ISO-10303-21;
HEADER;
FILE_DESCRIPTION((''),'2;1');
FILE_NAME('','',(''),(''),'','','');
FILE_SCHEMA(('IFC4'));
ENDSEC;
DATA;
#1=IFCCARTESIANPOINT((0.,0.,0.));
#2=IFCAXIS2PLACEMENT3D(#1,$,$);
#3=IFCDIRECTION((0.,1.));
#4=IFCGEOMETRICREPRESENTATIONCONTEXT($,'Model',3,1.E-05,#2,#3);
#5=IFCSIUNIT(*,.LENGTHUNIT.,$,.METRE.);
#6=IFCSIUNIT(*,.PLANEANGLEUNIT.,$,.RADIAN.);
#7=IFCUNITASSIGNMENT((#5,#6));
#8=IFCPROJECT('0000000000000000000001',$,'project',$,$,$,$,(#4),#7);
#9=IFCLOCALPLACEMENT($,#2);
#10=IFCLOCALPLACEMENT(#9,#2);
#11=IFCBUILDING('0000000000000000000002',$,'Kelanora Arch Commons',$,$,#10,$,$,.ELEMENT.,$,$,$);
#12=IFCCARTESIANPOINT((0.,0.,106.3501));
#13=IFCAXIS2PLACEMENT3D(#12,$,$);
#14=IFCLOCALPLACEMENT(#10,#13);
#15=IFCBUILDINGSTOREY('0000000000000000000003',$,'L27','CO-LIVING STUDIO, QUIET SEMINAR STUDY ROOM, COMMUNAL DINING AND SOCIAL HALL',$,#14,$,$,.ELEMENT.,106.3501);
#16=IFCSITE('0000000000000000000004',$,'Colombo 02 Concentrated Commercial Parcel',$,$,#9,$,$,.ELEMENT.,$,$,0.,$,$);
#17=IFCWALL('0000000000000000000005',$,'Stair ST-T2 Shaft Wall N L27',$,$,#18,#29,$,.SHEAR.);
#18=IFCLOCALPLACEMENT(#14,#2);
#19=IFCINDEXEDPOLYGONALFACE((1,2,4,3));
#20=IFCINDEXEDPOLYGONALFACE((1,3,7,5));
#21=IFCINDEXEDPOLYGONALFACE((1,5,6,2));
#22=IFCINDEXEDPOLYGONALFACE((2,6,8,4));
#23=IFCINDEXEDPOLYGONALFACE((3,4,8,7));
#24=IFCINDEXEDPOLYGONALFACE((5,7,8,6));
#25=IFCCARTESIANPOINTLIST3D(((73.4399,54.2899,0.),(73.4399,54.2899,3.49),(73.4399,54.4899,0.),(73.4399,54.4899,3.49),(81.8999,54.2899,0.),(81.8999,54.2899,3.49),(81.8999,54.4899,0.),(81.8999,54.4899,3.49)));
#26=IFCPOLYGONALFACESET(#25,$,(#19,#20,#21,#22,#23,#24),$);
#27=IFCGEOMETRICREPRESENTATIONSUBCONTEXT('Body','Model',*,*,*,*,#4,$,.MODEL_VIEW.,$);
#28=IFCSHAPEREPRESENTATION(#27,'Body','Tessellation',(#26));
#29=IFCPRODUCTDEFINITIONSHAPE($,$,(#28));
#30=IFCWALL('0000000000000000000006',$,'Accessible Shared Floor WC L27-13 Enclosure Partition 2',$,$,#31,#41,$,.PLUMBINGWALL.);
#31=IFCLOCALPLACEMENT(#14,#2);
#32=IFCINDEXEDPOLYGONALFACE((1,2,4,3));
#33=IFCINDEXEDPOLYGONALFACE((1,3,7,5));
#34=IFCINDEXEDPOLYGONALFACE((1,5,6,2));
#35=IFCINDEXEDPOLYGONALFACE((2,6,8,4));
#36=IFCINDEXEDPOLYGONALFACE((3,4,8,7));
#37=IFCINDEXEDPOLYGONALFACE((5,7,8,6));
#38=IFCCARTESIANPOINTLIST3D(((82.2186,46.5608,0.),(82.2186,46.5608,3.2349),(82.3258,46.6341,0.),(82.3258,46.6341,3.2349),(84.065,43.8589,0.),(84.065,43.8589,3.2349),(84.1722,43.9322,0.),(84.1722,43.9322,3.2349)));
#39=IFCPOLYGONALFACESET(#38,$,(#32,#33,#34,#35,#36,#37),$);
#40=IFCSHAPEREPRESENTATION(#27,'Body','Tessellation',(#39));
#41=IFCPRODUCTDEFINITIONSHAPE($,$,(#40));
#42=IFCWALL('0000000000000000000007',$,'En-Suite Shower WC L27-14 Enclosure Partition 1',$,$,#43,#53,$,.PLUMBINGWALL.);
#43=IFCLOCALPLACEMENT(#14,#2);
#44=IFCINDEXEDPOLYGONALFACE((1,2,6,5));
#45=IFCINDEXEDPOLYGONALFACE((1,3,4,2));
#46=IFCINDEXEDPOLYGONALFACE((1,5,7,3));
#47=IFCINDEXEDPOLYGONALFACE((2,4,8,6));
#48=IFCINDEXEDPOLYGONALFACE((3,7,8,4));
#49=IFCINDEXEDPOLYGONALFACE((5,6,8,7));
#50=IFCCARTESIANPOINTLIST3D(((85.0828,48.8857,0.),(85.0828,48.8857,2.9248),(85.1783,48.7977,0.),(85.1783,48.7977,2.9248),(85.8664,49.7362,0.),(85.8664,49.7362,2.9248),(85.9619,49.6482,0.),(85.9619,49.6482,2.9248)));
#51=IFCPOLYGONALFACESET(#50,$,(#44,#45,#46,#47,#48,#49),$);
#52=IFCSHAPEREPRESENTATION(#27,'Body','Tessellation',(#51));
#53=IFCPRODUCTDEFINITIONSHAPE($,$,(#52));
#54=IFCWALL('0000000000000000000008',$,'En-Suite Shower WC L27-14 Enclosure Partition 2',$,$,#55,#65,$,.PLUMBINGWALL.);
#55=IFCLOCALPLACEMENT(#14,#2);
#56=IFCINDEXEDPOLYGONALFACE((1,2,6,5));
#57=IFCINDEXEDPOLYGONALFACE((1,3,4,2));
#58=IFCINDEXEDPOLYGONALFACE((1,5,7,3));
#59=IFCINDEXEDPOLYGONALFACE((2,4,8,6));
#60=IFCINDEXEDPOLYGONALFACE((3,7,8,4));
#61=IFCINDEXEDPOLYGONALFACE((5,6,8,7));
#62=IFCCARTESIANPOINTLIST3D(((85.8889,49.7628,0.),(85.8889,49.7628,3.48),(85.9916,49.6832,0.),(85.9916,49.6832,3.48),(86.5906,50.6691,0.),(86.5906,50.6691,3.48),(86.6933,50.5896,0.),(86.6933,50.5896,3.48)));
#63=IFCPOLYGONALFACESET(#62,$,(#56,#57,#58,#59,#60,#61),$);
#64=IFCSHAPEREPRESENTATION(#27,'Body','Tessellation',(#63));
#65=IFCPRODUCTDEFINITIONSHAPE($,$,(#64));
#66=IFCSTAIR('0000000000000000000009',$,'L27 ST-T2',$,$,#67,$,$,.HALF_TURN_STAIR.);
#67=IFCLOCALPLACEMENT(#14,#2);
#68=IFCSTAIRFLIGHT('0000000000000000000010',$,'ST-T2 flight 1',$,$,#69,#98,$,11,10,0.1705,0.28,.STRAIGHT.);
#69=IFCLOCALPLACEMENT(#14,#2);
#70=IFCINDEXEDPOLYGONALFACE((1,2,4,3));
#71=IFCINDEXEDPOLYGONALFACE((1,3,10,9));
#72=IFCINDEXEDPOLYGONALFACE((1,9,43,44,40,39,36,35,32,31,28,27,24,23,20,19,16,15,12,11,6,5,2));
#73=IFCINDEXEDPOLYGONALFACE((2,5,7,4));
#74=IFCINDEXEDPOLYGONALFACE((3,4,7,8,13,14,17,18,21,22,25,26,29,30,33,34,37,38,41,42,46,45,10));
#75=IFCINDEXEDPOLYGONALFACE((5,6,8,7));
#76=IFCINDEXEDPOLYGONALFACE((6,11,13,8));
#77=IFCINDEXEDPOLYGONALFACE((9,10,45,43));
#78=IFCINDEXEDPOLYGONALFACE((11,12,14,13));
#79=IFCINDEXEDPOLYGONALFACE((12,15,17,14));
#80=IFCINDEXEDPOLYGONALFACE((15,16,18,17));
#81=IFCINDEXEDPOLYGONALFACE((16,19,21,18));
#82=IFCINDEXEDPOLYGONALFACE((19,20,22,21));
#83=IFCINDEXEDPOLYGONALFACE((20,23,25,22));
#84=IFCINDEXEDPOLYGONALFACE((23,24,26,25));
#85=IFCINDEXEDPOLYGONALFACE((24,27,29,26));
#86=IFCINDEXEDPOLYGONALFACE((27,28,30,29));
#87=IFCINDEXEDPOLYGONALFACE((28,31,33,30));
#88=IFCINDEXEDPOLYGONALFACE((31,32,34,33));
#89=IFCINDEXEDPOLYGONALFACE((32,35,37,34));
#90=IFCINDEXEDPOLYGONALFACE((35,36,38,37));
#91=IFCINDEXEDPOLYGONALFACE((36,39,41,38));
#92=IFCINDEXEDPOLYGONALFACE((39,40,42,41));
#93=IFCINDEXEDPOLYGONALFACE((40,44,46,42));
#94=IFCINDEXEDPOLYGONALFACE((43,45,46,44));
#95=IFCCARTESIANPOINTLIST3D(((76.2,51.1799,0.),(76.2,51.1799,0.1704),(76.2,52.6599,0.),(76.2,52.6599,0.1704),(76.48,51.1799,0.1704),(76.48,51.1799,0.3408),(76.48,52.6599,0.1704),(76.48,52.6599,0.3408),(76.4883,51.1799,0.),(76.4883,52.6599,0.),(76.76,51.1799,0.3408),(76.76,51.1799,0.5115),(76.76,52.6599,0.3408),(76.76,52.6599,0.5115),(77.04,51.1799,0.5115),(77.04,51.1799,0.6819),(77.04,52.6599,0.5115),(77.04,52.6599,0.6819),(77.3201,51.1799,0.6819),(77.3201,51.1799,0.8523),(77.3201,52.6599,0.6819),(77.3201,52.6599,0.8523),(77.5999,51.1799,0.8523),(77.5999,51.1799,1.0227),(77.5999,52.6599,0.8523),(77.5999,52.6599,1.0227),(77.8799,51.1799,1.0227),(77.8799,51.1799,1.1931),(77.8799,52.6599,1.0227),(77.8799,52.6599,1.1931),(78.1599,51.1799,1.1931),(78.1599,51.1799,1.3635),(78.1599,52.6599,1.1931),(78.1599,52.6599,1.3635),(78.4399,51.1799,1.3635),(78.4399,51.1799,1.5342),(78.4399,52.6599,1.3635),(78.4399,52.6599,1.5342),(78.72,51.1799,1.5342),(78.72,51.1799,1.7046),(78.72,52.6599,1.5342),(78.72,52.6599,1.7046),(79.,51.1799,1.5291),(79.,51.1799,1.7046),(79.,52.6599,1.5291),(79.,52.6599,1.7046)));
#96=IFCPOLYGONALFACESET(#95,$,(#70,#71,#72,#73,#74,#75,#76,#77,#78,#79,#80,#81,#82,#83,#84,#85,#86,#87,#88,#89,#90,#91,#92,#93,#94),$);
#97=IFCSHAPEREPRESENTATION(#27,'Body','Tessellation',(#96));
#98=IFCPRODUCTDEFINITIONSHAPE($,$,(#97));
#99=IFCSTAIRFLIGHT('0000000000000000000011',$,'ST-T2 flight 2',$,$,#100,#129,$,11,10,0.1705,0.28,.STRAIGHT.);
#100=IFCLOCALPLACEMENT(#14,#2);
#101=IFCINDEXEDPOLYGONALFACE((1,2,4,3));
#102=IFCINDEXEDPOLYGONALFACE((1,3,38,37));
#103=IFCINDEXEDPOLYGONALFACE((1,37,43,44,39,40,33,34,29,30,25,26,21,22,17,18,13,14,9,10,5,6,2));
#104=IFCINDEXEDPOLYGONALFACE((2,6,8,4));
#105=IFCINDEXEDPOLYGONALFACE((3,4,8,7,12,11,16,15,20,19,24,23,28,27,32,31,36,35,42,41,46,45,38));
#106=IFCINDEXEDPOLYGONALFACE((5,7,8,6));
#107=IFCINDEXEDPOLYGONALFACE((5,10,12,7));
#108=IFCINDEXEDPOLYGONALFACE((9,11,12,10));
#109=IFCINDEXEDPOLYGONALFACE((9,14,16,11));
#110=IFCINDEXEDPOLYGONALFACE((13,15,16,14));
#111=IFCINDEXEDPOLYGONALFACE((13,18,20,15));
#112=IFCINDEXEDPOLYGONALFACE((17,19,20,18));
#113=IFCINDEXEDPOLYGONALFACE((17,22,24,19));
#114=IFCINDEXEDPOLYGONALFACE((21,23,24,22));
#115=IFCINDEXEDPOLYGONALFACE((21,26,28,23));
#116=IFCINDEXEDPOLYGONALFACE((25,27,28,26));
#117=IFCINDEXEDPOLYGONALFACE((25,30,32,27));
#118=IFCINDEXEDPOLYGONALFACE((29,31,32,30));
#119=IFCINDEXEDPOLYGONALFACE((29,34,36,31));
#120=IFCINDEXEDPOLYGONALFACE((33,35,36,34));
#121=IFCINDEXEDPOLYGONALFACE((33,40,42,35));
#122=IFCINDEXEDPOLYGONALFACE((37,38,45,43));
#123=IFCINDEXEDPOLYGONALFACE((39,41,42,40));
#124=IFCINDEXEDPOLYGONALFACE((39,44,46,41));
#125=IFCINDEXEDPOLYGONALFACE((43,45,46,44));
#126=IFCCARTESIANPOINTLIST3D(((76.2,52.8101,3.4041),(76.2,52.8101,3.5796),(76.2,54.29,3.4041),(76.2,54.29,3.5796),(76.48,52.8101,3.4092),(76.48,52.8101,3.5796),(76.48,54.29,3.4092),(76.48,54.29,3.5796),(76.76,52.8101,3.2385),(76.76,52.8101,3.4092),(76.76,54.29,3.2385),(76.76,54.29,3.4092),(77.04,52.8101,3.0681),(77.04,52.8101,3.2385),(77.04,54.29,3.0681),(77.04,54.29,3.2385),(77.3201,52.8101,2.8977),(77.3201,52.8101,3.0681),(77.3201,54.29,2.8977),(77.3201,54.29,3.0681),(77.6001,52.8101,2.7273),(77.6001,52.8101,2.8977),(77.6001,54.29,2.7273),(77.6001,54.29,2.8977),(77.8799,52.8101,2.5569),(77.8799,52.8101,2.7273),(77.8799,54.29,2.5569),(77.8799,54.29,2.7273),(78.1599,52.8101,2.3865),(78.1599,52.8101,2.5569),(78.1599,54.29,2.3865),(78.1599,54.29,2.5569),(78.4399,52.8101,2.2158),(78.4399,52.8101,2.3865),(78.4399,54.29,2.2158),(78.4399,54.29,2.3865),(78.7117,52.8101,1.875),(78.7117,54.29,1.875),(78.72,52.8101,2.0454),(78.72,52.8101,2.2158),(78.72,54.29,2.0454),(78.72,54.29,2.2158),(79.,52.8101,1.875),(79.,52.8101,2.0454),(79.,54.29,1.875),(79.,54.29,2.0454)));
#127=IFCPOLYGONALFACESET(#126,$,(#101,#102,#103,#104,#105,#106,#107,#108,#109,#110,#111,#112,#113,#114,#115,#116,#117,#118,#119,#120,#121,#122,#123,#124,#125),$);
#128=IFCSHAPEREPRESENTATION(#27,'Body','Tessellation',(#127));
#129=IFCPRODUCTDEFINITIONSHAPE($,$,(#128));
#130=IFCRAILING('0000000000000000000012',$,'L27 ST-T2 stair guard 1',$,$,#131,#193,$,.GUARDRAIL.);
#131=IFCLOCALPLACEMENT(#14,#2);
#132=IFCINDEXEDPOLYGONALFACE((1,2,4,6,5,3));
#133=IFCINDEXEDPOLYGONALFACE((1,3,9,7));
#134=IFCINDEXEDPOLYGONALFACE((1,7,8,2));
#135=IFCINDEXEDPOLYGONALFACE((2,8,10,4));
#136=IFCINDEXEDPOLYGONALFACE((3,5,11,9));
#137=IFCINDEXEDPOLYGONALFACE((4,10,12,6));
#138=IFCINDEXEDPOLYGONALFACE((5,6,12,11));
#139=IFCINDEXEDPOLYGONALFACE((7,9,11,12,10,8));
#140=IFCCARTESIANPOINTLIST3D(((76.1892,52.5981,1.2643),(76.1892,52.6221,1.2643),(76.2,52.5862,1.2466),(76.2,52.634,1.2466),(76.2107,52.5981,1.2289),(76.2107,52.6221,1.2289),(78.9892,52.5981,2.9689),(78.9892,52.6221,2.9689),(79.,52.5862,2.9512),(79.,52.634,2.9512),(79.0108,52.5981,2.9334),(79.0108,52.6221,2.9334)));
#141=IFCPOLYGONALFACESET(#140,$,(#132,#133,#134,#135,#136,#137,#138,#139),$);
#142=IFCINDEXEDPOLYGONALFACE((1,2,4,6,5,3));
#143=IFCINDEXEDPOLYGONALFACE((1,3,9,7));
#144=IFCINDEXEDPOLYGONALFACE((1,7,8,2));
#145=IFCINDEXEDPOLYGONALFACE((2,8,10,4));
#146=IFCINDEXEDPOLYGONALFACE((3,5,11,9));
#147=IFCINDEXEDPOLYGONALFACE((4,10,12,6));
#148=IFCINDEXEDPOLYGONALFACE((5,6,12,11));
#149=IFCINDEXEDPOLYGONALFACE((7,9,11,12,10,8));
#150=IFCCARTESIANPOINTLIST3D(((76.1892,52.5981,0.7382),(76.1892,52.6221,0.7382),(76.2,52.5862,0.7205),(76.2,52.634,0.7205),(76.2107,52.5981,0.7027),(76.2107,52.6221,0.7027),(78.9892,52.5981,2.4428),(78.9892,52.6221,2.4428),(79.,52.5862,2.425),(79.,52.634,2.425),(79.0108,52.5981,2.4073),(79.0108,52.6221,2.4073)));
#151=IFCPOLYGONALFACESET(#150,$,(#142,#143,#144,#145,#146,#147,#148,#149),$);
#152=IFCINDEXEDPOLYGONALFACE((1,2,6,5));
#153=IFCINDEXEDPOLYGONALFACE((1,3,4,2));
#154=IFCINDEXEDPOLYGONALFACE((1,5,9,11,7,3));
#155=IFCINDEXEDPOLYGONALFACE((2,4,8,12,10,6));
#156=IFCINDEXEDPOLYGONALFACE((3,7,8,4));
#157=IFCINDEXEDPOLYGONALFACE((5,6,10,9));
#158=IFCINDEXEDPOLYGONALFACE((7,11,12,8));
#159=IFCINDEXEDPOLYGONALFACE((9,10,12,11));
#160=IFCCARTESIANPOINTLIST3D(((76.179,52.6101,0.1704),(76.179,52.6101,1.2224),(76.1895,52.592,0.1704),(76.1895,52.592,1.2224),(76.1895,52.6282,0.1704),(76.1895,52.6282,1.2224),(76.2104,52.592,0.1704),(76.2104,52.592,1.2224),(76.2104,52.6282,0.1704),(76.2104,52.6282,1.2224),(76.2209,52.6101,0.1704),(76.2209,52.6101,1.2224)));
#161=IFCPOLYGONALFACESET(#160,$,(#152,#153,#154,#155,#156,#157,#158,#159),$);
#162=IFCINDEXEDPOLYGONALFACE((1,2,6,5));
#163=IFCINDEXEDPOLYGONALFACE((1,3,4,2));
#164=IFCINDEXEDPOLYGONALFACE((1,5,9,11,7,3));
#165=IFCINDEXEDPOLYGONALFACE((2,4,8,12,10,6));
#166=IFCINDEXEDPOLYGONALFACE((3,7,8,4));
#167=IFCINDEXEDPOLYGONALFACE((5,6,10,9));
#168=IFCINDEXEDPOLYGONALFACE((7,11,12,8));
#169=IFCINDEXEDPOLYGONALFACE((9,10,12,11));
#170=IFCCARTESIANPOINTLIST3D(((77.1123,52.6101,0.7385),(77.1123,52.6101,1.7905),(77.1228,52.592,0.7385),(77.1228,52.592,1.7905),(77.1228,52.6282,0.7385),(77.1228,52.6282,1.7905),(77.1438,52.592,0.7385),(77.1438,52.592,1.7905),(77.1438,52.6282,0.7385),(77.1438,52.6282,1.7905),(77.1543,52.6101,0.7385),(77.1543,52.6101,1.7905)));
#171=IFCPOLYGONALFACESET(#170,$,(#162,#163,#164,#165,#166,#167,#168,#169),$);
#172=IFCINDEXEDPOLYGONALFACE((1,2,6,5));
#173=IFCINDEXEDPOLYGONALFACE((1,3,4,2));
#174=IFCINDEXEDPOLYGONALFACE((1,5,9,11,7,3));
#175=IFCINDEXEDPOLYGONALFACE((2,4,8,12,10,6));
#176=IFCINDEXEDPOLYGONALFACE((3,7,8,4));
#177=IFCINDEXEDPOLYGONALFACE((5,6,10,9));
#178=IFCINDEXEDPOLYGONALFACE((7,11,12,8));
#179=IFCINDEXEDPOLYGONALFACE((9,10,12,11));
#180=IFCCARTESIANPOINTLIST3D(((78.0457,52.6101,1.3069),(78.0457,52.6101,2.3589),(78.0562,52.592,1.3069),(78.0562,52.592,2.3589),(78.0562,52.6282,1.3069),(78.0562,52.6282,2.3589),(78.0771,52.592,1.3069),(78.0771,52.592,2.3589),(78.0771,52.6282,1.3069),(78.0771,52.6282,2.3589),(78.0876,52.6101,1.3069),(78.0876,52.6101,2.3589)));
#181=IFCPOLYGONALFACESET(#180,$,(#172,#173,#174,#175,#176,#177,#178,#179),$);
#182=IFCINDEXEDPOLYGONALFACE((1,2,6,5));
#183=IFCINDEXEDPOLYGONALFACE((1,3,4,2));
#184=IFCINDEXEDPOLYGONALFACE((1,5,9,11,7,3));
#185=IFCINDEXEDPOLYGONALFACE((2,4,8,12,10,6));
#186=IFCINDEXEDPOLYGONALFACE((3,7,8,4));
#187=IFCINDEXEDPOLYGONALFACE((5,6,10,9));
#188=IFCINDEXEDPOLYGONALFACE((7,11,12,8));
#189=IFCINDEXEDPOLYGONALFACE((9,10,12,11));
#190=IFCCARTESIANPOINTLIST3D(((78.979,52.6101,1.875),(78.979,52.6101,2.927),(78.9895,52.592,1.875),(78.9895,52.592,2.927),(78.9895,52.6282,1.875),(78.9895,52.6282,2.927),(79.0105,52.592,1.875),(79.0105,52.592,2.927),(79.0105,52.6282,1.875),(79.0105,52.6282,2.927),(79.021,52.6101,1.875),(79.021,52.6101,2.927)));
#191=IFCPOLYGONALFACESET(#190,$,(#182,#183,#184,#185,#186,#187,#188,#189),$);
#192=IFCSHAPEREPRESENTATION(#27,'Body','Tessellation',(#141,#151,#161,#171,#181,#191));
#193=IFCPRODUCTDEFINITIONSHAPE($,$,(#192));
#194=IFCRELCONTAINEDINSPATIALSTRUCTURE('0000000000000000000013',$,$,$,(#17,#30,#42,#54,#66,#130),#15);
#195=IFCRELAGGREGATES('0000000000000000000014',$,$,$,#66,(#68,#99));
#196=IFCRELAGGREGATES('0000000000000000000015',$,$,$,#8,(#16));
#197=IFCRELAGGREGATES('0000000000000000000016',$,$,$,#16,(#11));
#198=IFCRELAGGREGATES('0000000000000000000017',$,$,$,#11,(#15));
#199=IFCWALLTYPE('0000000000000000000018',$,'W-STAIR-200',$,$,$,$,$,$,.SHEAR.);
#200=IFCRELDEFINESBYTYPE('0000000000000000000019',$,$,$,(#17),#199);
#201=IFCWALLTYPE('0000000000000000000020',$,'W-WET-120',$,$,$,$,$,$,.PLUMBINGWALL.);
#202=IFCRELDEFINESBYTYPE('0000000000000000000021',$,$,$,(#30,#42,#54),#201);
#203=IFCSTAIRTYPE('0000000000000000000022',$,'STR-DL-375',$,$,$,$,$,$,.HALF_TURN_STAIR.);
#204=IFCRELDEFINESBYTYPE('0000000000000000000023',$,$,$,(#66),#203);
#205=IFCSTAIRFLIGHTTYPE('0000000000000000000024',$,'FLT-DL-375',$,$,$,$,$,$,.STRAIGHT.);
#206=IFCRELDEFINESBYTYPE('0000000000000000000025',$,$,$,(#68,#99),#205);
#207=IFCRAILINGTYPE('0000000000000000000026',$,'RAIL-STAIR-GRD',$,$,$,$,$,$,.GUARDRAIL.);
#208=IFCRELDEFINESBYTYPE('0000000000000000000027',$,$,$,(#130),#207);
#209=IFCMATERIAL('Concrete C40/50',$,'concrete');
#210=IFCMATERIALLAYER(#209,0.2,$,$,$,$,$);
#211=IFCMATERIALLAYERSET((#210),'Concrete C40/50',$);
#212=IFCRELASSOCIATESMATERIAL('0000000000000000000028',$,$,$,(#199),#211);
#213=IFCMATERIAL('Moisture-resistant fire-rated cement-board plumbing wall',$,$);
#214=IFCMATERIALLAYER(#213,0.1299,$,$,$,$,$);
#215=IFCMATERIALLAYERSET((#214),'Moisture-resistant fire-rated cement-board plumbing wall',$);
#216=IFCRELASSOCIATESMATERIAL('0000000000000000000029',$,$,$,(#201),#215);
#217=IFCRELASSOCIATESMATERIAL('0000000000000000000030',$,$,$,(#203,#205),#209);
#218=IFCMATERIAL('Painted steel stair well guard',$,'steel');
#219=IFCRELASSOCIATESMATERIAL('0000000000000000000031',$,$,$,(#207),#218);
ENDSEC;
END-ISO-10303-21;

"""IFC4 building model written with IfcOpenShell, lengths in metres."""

from ifc_helpers import new_model, si_unit, direction, frame, frame_2d, origin, place, context, subcontext, project, spatial, polyline, rectangle, outline, extrude, material, layer, layer_set, type_object, element, aggregate, save


model = new_model("IFC4")

# Units and contexts
model_context = context("Model", 3, precision=1e-05, world=origin(), true_north=direction((0.0, 1.0)))
body_context = subcontext(model_context, "Body", "Model", "MODEL_VIEW")
ifc_project = project(units=[si_unit("LENGTHUNIT", "METRE"), si_unit("PLANEANGLEUNIT", "RADIAN")], contexts=[model_context])

# Site, building, storey
site_placement = place(None, origin())
site = spatial("IfcSite", under=ifc_project, at=site_placement, Name="Colombo 02 Concentrated Commercial Parcel", CompositionType="ELEMENT", RefElevation=0.0)
building_placement = place(site_placement, origin())
building = spatial("IfcBuilding", under=site, at=building_placement, Name="Kelanora Arch Commons", CompositionType="ELEMENT")
storey_placement = place(building_placement, frame((0.0, 0.0, 106.3501)))
storey = spatial("IfcBuildingStorey", under=building, at=storey_placement, Name="L27", Description="CO-LIVING STUDIO, QUIET SEMINAR STUDY ROOM, COMMUNAL DINING AND SOCIAL HALL", CompositionType="ELEMENT", Elevation=106.3501)

# Walls
ifc_material_1 = material(Name="Concrete C40/50", Category="concrete")
ifc_layer_1 = layer(ifc_material_1, 0.2)
ifc_layer_set_1 = layer_set([ifc_layer_1], Name="Concrete C40/50")
wall_type_1 = type_object("IfcWallType", Name="W-STAIR-200", PredefinedType="SHEAR", material=ifc_layer_set_1)
wall_1_placement = place(storey_placement, frame((81.8999, 54.3899, 0.0), z_axis=(0.0, 0.0, 1.0), x_axis=(-1.0, 0.0, 0.0)))
element("IfcWall", 1, at=wall_1_placement, inside=storey, type_object=wall_type_1, Name="Stair ST-T2 Shaft Wall N L27", PredefinedType="SHEAR", context=body_context, shape_type="SweptSolid", body=[
    extrude(rectangle(XDim=8.46, YDim=0.2, at=frame_2d((4.23, 0.0))), origin(), (0.0, 0.0, 1.0), 3.49),
])
ifc_material_2 = material(Name="Moisture-resistant fire-rated cement-board plumbing wall")
ifc_layer_2 = layer(ifc_material_2, 0.1299)
ifc_layer_set_2 = layer_set([ifc_layer_2], Name="Moisture-resistant fire-rated cement-board plumbing wall")
wall_type_2 = type_object("IfcWallType", Name="W-WET-120", PredefinedType="PLUMBINGWALL", material=ifc_layer_set_2)
wall_2_placement = place(storey_placement, frame((82.2722, 46.5974, 0.0), z_axis=(0.0, 0.0, 1.0), x_axis=(0.564218, -0.825626, 0.0)))
element("IfcWall", 2, at=wall_2_placement, inside=storey, type_object=wall_type_2, Name="Accessible Shared Floor WC L27-13 Enclosure Partition 2", PredefinedType="PLUMBINGWALL", context=body_context, shape_type="SweptSolid", body=[
    extrude(rectangle(XDim=3.2725, YDim=0.1299, at=frame_2d((1.6362, 0.0))), origin(), (0.0, 0.0, 1.0), 3.2349),
])
wall_3_placement = place(storey_placement, frame((85.1306, 48.8418, 0.0), z_axis=(0.0, 0.0, 1.0), x_axis=(0.677596, 0.735434, 0.0)))
element("IfcWall", 3, at=wall_3_placement, inside=storey, type_object=wall_type_2, Name="En-Suite Shower WC L27-14 Enclosure Partition 1", PredefinedType="PLUMBINGWALL", context=body_context, shape_type="SweptSolid", body=[
    extrude(rectangle(XDim=1.1565, YDim=0.1299, at=frame_2d((0.5781, 0.0))), origin(), (0.0, 0.0, 1.0), 2.9248),
])
wall_4_placement = place(storey_placement, frame((85.9402, 49.7229, 0.0), z_axis=(0.0, 0.0, 1.0), x_axis=(0.612199, 0.790704, 0.0)))
element("IfcWall", 4, at=wall_4_placement, inside=storey, type_object=wall_type_2, Name="En-Suite Shower WC L27-14 Enclosure Partition 2", PredefinedType="PLUMBINGWALL", context=body_context, shape_type="SweptSolid", body=[
    extrude(rectangle(XDim=1.1462, YDim=0.1299, at=frame_2d((0.5732, 0.0))), origin(), (0.0, 0.0, 1.0), 3.48),
])

# Stair, stair flights
stair_type = type_object("IfcStairType", Name="STR-DL-375", PredefinedType="HALF_TURN_STAIR", material=ifc_material_1)
stair_placement = place(storey_placement, origin())
stair = element("IfcStair", 5, at=stair_placement, inside=storey, type_object=stair_type, Name="L27 ST-T2", PredefinedType="HALF_TURN_STAIR")
stair_flight_type = type_object("IfcStairFlightType", Name="FLT-DL-375", PredefinedType="STRAIGHT", material=ifc_material_1)
stair_flight_1_placement = place(storey_placement, frame((76.2, 51.9199, 0.0), z_axis=(0.0, 0.0, 1.0), x_axis=(1.0, 0.0, 0.0)))
stair_flight_1 = element("IfcStairFlight", 6, at=stair_flight_1_placement, type_object=stair_flight_type, Name="ST-T2 flight 1", NumberOfRisers=11, NumberOfTreads=10, PredefinedType="STRAIGHT", RiserHeight=0.1705, TreadLength=0.28, context=body_context, shape_type="SweptSolid", body=[
    extrude(outline(polyline([(0.0, 0.0), (0.0, 0.1704), (0.28, 0.1704), (0.28, 0.3408), (0.5601, 0.3408), (0.5601, 0.5115), (0.8401, 0.5115), (0.8401, 0.6819), (1.1201, 0.6819), (1.1201, 0.8523), (1.3999, 0.8523), (1.3999, 1.0227), (1.6799, 1.0227), (1.6799, 1.1931), (1.96, 1.1931), (1.96, 1.3635), (2.24, 1.3635), (2.24, 1.5342), (2.52, 1.5342), (2.52, 1.7046), (2.8, 1.7046), (2.8, 1.875), (2.8, 1.5291), (0.2883, 0.0), (0.0, 0.0)])), frame((0.0, 0.74, 0.0), z_axis=(0.0, -1.0, 0.0), x_axis=(1.0, 0.0, 0.0)), (0.0, 0.0, 1.0), 1.48),
])
stair_flight_2_placement = place(storey_placement, frame((79.0, 53.55, 1.875), z_axis=(0.0, 0.0, 1.0), x_axis=(-1.0, 0.0, 0.0)))
stair_flight_2 = element("IfcStairFlight", 7, at=stair_flight_2_placement, type_object=stair_flight_type, Name="ST-T2 flight 2", NumberOfRisers=11, NumberOfTreads=10, PredefinedType="STRAIGHT", RiserHeight=0.1705, TreadLength=0.28, context=body_context, shape_type="SweptSolid", body=[
    extrude(outline(polyline([(0.0, 0.0), (0.0, 0.1704), (0.28, 0.1704), (0.28, 0.3408), (0.5601, 0.3408), (0.5601, 0.5115), (0.8401, 0.5115), (0.8401, 0.6819), (1.1201, 0.6819), (1.1201, 0.8523), (1.3999, 0.8523), (1.3999, 1.0227), (1.6799, 1.0227), (1.6799, 1.1931), (1.96, 1.1931), (1.96, 1.3635), (2.24, 1.3635), (2.24, 1.5342), (2.52, 1.5342), (2.52, 1.7046), (2.8, 1.7046), (2.8, 1.875), (2.8, 1.5291), (0.2883, 0.0), (0.0, 0.0)])), frame((0.0, 0.74, 0.0), z_axis=(0.0, -1.0, 0.0), x_axis=(1.0, 0.0, 0.0)), (0.0, 0.0, 1.0), 1.48),
])
aggregate(stair, [stair_flight_1, stair_flight_2])

# Railing
ifc_material_3 = material(Name="Painted steel stair well guard", Category="steel")
railing_type_1 = type_object("IfcRailingType", Name="RAIL-STAIR-GRD", PredefinedType="GUARDRAIL", material=ifc_material_3)
railing_1_placement = place(storey_placement, frame((76.2, 52.6101, 0.1704)))
element("IfcRailing", 8, at=railing_1_placement, inside=storey, type_object=railing_type_1, Name="L27 ST-T2 stair guard 1", PredefinedType="GUARDRAIL", context=body_context, shape_type="SweptSolid", body=[
    extrude(outline(polyline([(0.0239, 0.0), (0.012, 0.0208), (-0.012, 0.0208), (-0.0239, 0.0), (-0.012, -0.0208), (0.012, -0.0208), (0.0239, 0.0)])), frame((0.0, 0.0, 1.0762), z_axis=(0.85417, 0.0, 0.519994), x_axis=(0.0, 1.0, 0.0)), (0.0, 0.0, 1.0), 3.2781),
    extrude(outline(polyline([(0.0239, 0.0), (0.012, 0.0208), (-0.012, 0.0208), (-0.0239, 0.0), (-0.012, -0.0208), (0.012, -0.0208), (0.0239, 0.0)])), frame((0.0, 0.0, 0.55), z_axis=(0.85417, 0.0, 0.519994), x_axis=(0.0, 1.0, 0.0)), (0.0, 0.0, 1.0), 3.2781),
    extrude(outline(polyline([(0.021, 0.0), (0.0105, 0.0181), (-0.0105, 0.0181), (-0.021, 0.0), (-0.0105, -0.0181), (0.0105, -0.0181), (0.021, 0.0)])), origin(), (0.0, 0.0, 1.0), 1.052),
    extrude(outline(polyline([(0.021, 0.0), (0.0105, 0.0181), (-0.0105, 0.0181), (-0.021, 0.0), (-0.0105, -0.0181), (0.0105, -0.0181), (0.021, 0.0)])), frame((0.9333, 0.0, 0.5681)), (0.0, 0.0, 1.0), 1.052),
    extrude(outline(polyline([(0.021, 0.0), (0.0105, 0.0181), (-0.0105, 0.0181), (-0.021, 0.0), (-0.0105, -0.0181), (0.0105, -0.0181), (0.021, 0.0)])), frame((1.8667, 0.0, 1.1365)), (0.0, 0.0, 1.0), 1.052),
    extrude(outline(polyline([(0.021, 0.0), (0.0105, 0.0181), (-0.0105, 0.0181), (-0.021, 0.0), (-0.0105, -0.0181), (0.0105, -0.0181), (0.021, 0.0)])), frame((2.8, 0.0, 1.7046)), (0.0, 0.0, 1.0), 1.052),
])

save(model, "model.ifc")
